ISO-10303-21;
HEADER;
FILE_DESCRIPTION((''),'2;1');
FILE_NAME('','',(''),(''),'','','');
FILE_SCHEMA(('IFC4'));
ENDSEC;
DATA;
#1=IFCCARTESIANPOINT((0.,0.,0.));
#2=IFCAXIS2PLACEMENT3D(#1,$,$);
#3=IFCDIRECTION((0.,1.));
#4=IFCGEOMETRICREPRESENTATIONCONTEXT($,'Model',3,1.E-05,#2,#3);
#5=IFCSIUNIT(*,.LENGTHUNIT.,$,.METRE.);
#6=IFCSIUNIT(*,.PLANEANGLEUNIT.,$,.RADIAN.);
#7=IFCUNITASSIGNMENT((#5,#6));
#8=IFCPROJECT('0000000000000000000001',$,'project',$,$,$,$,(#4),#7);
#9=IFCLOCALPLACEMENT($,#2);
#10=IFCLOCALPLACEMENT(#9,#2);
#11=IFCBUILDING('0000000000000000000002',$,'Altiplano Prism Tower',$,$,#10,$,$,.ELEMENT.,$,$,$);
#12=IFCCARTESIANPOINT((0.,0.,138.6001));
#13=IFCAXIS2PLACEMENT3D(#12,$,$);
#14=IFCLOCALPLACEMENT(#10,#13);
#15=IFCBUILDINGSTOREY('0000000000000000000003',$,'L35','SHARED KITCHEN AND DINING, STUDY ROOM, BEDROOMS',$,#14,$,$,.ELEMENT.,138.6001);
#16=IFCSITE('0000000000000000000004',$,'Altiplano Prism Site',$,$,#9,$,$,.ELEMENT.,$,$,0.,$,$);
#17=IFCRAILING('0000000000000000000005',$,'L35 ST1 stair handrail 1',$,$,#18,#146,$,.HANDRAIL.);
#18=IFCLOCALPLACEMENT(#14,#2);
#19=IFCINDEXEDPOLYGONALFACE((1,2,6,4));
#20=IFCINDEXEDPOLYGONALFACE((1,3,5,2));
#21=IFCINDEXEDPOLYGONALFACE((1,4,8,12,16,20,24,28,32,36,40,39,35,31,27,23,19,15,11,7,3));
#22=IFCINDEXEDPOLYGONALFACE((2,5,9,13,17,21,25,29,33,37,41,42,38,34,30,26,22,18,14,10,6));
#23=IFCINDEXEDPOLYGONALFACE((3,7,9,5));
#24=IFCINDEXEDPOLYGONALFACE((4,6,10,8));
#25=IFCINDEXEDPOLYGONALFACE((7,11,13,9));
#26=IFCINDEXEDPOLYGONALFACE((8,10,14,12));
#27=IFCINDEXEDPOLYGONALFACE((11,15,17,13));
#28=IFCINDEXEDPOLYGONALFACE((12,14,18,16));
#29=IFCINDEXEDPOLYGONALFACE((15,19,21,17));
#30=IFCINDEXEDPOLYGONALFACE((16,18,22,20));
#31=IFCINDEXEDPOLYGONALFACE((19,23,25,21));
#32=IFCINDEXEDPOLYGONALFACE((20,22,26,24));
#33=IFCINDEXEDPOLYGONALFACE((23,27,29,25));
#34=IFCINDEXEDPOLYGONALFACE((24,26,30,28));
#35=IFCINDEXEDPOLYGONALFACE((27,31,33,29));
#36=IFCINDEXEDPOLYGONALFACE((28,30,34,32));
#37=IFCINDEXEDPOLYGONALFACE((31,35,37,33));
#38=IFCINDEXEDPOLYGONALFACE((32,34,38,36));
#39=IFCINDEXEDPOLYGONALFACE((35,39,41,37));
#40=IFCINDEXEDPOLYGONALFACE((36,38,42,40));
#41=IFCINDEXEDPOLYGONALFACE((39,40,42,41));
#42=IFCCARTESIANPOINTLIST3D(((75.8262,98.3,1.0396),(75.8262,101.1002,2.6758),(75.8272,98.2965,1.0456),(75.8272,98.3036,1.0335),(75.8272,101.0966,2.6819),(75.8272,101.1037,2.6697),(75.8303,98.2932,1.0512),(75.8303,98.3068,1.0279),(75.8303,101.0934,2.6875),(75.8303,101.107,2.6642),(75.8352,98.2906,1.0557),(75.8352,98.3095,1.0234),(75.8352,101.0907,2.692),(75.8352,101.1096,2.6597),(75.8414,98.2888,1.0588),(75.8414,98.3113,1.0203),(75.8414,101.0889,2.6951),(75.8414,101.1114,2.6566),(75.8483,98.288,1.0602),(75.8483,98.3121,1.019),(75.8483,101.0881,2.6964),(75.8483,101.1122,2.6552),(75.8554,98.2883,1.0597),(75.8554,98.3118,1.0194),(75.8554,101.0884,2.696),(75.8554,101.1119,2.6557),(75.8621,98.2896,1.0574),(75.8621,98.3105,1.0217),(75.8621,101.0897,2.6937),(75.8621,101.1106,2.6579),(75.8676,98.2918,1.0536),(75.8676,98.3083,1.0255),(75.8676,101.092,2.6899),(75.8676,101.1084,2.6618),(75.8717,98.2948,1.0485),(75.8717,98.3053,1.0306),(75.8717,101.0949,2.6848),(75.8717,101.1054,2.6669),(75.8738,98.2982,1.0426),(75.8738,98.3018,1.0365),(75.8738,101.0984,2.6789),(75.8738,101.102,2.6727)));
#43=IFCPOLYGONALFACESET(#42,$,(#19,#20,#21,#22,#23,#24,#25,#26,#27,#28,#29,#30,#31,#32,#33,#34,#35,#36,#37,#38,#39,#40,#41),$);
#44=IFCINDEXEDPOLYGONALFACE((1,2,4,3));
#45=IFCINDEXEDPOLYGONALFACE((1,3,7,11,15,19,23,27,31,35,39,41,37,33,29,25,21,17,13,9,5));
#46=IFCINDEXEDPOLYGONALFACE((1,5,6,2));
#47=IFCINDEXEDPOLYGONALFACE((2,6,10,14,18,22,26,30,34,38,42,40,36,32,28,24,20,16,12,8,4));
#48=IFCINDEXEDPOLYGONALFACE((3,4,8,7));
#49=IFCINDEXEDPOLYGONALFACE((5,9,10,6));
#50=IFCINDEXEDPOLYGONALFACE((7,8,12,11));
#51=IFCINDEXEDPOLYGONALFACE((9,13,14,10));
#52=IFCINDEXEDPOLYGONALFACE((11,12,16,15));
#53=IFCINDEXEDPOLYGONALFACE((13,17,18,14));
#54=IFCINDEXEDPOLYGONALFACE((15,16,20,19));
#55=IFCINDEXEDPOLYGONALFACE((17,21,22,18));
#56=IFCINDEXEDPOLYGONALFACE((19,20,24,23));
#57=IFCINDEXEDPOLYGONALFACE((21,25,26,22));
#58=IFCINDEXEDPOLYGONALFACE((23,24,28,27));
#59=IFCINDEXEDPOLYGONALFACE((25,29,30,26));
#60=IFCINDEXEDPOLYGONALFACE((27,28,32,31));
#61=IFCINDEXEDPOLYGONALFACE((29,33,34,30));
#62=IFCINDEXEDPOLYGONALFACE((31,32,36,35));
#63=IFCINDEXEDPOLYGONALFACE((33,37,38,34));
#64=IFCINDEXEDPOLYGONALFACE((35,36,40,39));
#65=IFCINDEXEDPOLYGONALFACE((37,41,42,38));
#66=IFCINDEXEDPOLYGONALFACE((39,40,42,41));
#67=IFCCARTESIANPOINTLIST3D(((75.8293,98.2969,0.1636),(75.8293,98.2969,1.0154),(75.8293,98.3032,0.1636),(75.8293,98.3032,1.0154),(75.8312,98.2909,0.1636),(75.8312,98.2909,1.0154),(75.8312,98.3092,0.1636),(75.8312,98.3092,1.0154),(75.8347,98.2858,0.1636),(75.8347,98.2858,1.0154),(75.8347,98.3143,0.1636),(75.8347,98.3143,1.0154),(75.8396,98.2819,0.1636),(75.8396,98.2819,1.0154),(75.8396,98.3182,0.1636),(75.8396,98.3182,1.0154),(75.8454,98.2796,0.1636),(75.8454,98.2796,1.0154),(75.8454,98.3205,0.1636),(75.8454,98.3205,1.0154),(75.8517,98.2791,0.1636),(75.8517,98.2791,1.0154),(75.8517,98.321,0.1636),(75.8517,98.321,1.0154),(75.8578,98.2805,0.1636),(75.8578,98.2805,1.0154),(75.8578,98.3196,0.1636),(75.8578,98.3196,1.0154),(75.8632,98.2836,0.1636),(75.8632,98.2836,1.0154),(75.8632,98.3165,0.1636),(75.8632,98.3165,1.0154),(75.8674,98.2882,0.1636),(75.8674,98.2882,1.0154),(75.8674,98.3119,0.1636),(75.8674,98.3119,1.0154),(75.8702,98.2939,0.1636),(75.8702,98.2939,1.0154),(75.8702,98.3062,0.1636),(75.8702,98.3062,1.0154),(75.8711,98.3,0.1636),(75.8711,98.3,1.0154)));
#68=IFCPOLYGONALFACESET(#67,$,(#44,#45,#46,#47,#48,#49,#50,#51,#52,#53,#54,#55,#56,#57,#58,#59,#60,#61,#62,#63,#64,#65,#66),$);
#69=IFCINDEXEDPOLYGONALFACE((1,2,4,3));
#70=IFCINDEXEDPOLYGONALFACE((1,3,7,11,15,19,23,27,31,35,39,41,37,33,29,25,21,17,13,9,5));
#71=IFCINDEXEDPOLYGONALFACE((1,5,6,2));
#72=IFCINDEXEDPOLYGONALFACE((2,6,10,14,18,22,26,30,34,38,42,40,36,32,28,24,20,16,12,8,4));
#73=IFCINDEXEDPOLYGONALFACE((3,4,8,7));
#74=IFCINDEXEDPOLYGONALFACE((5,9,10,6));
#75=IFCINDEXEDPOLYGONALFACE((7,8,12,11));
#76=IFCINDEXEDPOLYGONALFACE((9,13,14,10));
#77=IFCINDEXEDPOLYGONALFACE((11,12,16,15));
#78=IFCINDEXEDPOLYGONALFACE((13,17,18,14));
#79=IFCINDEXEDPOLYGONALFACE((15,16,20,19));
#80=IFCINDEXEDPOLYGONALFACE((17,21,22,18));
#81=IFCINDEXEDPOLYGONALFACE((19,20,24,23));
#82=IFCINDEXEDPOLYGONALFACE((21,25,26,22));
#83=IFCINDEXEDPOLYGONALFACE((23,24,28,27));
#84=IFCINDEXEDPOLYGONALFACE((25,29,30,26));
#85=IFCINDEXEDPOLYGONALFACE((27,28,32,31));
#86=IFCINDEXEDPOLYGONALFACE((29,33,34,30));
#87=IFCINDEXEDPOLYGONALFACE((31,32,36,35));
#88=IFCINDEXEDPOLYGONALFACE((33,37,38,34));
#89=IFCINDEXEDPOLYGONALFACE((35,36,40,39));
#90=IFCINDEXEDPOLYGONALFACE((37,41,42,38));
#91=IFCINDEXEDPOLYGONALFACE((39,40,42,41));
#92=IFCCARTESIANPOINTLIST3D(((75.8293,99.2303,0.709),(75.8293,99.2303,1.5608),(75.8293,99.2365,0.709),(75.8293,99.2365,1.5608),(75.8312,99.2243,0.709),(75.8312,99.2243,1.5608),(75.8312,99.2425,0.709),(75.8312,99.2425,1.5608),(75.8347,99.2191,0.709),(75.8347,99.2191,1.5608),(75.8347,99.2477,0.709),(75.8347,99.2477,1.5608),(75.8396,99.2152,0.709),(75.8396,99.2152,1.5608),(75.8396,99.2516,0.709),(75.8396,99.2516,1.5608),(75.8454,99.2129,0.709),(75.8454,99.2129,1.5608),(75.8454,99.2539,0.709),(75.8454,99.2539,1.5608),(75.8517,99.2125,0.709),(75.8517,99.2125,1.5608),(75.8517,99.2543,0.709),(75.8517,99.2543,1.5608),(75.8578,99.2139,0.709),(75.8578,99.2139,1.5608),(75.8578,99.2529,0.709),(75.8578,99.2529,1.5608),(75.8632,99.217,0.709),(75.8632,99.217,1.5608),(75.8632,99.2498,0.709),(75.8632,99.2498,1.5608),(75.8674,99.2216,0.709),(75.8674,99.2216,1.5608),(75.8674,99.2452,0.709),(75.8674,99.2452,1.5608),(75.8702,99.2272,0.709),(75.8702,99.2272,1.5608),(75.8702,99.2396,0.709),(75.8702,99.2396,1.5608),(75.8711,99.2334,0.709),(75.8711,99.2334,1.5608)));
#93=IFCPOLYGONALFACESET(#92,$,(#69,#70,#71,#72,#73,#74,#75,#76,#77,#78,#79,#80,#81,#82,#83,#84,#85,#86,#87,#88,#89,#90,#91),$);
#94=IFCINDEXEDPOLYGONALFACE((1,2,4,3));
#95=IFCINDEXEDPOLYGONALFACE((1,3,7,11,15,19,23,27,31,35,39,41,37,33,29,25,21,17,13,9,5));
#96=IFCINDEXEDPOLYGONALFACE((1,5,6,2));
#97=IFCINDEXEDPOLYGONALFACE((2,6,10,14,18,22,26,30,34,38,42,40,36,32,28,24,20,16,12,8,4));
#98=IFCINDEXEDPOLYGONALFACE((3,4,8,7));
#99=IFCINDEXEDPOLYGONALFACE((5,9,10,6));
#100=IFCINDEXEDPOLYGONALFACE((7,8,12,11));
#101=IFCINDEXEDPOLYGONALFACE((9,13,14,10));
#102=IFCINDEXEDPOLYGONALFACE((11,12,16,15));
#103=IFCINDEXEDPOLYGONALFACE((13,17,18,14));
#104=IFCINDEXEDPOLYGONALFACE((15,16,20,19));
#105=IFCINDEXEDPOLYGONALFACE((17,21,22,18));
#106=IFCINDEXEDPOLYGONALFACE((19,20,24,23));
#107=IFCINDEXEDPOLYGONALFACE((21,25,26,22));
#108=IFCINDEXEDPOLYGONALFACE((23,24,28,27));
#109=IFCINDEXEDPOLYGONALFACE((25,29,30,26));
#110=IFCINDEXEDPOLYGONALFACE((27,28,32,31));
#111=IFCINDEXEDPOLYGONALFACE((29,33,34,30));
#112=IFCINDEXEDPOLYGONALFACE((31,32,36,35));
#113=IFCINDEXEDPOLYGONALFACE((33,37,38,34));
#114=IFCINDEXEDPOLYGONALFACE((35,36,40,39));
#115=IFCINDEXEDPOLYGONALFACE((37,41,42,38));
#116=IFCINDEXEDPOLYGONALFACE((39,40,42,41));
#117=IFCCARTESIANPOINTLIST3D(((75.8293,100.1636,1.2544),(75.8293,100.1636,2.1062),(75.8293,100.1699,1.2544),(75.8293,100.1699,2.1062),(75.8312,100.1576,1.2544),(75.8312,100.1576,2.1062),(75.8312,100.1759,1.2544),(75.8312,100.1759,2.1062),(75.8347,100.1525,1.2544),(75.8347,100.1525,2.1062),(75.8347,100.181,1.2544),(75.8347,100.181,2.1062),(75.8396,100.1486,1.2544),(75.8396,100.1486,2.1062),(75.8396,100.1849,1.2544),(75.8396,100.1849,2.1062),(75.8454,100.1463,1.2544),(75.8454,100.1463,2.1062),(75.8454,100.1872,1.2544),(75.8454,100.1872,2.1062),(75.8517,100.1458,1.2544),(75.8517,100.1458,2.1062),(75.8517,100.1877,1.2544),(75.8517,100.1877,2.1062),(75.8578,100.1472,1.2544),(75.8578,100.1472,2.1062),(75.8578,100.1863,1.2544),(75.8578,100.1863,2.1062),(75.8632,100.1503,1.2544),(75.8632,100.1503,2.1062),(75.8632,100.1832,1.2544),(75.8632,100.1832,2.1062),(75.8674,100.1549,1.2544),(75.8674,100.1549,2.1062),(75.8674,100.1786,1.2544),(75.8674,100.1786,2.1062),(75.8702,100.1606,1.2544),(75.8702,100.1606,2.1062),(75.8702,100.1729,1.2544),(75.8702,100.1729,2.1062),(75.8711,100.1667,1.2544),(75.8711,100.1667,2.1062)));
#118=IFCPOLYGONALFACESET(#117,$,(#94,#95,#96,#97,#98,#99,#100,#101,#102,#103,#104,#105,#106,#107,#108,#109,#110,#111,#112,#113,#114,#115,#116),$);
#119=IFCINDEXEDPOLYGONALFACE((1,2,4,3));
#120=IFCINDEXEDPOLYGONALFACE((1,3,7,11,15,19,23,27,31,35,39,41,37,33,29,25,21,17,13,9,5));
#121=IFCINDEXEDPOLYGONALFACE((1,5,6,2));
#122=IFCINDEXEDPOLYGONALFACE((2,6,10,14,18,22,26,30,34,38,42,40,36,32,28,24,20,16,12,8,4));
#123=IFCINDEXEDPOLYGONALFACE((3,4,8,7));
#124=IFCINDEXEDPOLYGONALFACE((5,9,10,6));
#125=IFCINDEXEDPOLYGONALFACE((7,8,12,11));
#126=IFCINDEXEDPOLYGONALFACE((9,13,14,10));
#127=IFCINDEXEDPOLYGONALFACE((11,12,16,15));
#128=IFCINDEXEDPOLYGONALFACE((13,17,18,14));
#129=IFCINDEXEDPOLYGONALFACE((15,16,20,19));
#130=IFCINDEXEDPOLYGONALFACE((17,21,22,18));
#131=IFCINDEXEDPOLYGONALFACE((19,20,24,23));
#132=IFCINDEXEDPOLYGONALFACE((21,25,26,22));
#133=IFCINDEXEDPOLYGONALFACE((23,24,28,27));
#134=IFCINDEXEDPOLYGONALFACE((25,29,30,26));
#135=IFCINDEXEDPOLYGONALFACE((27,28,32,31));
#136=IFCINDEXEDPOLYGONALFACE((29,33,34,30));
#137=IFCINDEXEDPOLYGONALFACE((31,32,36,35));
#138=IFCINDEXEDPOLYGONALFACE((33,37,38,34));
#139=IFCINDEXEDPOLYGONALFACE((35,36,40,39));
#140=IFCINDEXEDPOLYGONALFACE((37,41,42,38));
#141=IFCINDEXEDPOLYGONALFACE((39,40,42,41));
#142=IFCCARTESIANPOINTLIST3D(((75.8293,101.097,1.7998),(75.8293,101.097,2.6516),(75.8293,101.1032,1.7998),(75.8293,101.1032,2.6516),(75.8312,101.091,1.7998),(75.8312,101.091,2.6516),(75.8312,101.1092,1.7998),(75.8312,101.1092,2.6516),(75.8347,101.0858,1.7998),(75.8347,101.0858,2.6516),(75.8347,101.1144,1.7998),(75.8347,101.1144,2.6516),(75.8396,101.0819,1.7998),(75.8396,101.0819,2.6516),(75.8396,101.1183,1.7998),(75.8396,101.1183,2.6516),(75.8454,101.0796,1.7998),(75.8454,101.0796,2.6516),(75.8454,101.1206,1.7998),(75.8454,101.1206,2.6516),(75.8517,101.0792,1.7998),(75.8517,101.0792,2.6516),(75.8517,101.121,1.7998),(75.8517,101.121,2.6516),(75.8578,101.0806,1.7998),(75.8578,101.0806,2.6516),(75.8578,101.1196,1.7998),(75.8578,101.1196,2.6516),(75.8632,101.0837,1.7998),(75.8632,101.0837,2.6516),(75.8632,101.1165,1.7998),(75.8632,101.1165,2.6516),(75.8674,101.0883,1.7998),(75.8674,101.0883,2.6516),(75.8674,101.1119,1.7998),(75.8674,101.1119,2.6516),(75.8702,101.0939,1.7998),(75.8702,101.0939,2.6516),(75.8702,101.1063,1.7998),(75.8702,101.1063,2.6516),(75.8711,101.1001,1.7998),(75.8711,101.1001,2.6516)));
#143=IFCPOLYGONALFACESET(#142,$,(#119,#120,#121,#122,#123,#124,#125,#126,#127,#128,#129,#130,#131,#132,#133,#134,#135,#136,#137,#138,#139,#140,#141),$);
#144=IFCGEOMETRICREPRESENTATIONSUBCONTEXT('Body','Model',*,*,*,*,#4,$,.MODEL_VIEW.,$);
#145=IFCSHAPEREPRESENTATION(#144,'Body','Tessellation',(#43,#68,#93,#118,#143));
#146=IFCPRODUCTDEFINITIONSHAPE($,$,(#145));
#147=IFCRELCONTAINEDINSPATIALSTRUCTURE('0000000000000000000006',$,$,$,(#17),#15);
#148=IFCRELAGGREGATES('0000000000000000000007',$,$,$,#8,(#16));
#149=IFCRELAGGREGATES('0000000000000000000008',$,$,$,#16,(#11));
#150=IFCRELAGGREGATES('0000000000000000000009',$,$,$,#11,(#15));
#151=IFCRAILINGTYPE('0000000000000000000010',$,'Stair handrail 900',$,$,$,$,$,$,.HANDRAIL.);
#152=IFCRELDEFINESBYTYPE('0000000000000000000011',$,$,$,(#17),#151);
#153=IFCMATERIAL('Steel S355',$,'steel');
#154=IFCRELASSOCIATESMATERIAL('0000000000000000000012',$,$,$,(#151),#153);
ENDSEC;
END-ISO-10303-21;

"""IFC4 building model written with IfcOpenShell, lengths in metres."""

from ifc_helpers import new_model, si_unit, direction, frame, origin, origin_2d, place, context, subcontext, project, spatial, circle, extrude, material, type_object, element, save


model = new_model("IFC4")

# Units and contexts
model_context = context("Model", 3, precision=1e-05, world=origin(), true_north=direction((0.0, 1.0)))
body_context = subcontext(model_context, "Body", "Model", "MODEL_VIEW")
ifc_project = project(units=[si_unit("LENGTHUNIT", "METRE"), si_unit("PLANEANGLEUNIT", "RADIAN")], contexts=[model_context])

# Site, building, storey
site_placement = place(None, origin())
site = spatial("IfcSite", under=ifc_project, at=site_placement, Name="Altiplano Prism Site", CompositionType="ELEMENT", RefElevation=0.0)
building_placement = place(site_placement, origin())
building = spatial("IfcBuilding", under=site, at=building_placement, Name="Altiplano Prism Tower", CompositionType="ELEMENT")
storey_placement = place(building_placement, frame((0.0, 0.0, 138.6001)))
storey = spatial("IfcBuildingStorey", under=building, at=storey_placement, Name="L35", Description="SHARED KITCHEN AND DINING, STUDY ROOM, BEDROOMS", CompositionType="ELEMENT", Elevation=138.6001)

# Railing
ifc_material_1 = material(Name="Steel S355", Category="steel")
railing_type_1 = type_object("IfcRailingType", Name="Stair handrail 900", PredefinedType="HANDRAIL", material=ifc_material_1)
railing_1_placement = place(storey_placement, frame((75.8501, 98.3, 0.1636)))
element("IfcRailing", 1, at=railing_1_placement, inside=storey, type_object=railing_type_1, Name="L35 ST1 stair handrail 1", PredefinedType="HANDRAIL", context=body_context, shape_type="SweptSolid", body=[
    extrude(circle(Radius=0.0239, at=origin_2d()), frame((0.0, 0.0, 0.876), z_axis=(0.0, 0.863394, 0.504531), x_axis=(-1.0, 0.0, 0.0)), (0.0, 0.0, 1.0), 3.2432),
    extrude(circle(Radius=0.021, at=origin_2d()), origin(), (0.0, 0.0, 1.0), 0.8518),
    extrude(circle(Radius=0.021, at=origin_2d()), frame((0.0, 0.9333, 0.5454)), (0.0, 0.0, 1.0), 0.8518),
    extrude(circle(Radius=0.021, at=origin_2d()), frame((0.0, 1.8667, 1.0908)), (0.0, 0.0, 1.0), 0.8518),
    extrude(circle(Radius=0.021, at=origin_2d()), frame((0.0, 2.8, 1.6362)), (0.0, 0.0, 1.0), 0.8518),
])

save(model, "model.ifc")
